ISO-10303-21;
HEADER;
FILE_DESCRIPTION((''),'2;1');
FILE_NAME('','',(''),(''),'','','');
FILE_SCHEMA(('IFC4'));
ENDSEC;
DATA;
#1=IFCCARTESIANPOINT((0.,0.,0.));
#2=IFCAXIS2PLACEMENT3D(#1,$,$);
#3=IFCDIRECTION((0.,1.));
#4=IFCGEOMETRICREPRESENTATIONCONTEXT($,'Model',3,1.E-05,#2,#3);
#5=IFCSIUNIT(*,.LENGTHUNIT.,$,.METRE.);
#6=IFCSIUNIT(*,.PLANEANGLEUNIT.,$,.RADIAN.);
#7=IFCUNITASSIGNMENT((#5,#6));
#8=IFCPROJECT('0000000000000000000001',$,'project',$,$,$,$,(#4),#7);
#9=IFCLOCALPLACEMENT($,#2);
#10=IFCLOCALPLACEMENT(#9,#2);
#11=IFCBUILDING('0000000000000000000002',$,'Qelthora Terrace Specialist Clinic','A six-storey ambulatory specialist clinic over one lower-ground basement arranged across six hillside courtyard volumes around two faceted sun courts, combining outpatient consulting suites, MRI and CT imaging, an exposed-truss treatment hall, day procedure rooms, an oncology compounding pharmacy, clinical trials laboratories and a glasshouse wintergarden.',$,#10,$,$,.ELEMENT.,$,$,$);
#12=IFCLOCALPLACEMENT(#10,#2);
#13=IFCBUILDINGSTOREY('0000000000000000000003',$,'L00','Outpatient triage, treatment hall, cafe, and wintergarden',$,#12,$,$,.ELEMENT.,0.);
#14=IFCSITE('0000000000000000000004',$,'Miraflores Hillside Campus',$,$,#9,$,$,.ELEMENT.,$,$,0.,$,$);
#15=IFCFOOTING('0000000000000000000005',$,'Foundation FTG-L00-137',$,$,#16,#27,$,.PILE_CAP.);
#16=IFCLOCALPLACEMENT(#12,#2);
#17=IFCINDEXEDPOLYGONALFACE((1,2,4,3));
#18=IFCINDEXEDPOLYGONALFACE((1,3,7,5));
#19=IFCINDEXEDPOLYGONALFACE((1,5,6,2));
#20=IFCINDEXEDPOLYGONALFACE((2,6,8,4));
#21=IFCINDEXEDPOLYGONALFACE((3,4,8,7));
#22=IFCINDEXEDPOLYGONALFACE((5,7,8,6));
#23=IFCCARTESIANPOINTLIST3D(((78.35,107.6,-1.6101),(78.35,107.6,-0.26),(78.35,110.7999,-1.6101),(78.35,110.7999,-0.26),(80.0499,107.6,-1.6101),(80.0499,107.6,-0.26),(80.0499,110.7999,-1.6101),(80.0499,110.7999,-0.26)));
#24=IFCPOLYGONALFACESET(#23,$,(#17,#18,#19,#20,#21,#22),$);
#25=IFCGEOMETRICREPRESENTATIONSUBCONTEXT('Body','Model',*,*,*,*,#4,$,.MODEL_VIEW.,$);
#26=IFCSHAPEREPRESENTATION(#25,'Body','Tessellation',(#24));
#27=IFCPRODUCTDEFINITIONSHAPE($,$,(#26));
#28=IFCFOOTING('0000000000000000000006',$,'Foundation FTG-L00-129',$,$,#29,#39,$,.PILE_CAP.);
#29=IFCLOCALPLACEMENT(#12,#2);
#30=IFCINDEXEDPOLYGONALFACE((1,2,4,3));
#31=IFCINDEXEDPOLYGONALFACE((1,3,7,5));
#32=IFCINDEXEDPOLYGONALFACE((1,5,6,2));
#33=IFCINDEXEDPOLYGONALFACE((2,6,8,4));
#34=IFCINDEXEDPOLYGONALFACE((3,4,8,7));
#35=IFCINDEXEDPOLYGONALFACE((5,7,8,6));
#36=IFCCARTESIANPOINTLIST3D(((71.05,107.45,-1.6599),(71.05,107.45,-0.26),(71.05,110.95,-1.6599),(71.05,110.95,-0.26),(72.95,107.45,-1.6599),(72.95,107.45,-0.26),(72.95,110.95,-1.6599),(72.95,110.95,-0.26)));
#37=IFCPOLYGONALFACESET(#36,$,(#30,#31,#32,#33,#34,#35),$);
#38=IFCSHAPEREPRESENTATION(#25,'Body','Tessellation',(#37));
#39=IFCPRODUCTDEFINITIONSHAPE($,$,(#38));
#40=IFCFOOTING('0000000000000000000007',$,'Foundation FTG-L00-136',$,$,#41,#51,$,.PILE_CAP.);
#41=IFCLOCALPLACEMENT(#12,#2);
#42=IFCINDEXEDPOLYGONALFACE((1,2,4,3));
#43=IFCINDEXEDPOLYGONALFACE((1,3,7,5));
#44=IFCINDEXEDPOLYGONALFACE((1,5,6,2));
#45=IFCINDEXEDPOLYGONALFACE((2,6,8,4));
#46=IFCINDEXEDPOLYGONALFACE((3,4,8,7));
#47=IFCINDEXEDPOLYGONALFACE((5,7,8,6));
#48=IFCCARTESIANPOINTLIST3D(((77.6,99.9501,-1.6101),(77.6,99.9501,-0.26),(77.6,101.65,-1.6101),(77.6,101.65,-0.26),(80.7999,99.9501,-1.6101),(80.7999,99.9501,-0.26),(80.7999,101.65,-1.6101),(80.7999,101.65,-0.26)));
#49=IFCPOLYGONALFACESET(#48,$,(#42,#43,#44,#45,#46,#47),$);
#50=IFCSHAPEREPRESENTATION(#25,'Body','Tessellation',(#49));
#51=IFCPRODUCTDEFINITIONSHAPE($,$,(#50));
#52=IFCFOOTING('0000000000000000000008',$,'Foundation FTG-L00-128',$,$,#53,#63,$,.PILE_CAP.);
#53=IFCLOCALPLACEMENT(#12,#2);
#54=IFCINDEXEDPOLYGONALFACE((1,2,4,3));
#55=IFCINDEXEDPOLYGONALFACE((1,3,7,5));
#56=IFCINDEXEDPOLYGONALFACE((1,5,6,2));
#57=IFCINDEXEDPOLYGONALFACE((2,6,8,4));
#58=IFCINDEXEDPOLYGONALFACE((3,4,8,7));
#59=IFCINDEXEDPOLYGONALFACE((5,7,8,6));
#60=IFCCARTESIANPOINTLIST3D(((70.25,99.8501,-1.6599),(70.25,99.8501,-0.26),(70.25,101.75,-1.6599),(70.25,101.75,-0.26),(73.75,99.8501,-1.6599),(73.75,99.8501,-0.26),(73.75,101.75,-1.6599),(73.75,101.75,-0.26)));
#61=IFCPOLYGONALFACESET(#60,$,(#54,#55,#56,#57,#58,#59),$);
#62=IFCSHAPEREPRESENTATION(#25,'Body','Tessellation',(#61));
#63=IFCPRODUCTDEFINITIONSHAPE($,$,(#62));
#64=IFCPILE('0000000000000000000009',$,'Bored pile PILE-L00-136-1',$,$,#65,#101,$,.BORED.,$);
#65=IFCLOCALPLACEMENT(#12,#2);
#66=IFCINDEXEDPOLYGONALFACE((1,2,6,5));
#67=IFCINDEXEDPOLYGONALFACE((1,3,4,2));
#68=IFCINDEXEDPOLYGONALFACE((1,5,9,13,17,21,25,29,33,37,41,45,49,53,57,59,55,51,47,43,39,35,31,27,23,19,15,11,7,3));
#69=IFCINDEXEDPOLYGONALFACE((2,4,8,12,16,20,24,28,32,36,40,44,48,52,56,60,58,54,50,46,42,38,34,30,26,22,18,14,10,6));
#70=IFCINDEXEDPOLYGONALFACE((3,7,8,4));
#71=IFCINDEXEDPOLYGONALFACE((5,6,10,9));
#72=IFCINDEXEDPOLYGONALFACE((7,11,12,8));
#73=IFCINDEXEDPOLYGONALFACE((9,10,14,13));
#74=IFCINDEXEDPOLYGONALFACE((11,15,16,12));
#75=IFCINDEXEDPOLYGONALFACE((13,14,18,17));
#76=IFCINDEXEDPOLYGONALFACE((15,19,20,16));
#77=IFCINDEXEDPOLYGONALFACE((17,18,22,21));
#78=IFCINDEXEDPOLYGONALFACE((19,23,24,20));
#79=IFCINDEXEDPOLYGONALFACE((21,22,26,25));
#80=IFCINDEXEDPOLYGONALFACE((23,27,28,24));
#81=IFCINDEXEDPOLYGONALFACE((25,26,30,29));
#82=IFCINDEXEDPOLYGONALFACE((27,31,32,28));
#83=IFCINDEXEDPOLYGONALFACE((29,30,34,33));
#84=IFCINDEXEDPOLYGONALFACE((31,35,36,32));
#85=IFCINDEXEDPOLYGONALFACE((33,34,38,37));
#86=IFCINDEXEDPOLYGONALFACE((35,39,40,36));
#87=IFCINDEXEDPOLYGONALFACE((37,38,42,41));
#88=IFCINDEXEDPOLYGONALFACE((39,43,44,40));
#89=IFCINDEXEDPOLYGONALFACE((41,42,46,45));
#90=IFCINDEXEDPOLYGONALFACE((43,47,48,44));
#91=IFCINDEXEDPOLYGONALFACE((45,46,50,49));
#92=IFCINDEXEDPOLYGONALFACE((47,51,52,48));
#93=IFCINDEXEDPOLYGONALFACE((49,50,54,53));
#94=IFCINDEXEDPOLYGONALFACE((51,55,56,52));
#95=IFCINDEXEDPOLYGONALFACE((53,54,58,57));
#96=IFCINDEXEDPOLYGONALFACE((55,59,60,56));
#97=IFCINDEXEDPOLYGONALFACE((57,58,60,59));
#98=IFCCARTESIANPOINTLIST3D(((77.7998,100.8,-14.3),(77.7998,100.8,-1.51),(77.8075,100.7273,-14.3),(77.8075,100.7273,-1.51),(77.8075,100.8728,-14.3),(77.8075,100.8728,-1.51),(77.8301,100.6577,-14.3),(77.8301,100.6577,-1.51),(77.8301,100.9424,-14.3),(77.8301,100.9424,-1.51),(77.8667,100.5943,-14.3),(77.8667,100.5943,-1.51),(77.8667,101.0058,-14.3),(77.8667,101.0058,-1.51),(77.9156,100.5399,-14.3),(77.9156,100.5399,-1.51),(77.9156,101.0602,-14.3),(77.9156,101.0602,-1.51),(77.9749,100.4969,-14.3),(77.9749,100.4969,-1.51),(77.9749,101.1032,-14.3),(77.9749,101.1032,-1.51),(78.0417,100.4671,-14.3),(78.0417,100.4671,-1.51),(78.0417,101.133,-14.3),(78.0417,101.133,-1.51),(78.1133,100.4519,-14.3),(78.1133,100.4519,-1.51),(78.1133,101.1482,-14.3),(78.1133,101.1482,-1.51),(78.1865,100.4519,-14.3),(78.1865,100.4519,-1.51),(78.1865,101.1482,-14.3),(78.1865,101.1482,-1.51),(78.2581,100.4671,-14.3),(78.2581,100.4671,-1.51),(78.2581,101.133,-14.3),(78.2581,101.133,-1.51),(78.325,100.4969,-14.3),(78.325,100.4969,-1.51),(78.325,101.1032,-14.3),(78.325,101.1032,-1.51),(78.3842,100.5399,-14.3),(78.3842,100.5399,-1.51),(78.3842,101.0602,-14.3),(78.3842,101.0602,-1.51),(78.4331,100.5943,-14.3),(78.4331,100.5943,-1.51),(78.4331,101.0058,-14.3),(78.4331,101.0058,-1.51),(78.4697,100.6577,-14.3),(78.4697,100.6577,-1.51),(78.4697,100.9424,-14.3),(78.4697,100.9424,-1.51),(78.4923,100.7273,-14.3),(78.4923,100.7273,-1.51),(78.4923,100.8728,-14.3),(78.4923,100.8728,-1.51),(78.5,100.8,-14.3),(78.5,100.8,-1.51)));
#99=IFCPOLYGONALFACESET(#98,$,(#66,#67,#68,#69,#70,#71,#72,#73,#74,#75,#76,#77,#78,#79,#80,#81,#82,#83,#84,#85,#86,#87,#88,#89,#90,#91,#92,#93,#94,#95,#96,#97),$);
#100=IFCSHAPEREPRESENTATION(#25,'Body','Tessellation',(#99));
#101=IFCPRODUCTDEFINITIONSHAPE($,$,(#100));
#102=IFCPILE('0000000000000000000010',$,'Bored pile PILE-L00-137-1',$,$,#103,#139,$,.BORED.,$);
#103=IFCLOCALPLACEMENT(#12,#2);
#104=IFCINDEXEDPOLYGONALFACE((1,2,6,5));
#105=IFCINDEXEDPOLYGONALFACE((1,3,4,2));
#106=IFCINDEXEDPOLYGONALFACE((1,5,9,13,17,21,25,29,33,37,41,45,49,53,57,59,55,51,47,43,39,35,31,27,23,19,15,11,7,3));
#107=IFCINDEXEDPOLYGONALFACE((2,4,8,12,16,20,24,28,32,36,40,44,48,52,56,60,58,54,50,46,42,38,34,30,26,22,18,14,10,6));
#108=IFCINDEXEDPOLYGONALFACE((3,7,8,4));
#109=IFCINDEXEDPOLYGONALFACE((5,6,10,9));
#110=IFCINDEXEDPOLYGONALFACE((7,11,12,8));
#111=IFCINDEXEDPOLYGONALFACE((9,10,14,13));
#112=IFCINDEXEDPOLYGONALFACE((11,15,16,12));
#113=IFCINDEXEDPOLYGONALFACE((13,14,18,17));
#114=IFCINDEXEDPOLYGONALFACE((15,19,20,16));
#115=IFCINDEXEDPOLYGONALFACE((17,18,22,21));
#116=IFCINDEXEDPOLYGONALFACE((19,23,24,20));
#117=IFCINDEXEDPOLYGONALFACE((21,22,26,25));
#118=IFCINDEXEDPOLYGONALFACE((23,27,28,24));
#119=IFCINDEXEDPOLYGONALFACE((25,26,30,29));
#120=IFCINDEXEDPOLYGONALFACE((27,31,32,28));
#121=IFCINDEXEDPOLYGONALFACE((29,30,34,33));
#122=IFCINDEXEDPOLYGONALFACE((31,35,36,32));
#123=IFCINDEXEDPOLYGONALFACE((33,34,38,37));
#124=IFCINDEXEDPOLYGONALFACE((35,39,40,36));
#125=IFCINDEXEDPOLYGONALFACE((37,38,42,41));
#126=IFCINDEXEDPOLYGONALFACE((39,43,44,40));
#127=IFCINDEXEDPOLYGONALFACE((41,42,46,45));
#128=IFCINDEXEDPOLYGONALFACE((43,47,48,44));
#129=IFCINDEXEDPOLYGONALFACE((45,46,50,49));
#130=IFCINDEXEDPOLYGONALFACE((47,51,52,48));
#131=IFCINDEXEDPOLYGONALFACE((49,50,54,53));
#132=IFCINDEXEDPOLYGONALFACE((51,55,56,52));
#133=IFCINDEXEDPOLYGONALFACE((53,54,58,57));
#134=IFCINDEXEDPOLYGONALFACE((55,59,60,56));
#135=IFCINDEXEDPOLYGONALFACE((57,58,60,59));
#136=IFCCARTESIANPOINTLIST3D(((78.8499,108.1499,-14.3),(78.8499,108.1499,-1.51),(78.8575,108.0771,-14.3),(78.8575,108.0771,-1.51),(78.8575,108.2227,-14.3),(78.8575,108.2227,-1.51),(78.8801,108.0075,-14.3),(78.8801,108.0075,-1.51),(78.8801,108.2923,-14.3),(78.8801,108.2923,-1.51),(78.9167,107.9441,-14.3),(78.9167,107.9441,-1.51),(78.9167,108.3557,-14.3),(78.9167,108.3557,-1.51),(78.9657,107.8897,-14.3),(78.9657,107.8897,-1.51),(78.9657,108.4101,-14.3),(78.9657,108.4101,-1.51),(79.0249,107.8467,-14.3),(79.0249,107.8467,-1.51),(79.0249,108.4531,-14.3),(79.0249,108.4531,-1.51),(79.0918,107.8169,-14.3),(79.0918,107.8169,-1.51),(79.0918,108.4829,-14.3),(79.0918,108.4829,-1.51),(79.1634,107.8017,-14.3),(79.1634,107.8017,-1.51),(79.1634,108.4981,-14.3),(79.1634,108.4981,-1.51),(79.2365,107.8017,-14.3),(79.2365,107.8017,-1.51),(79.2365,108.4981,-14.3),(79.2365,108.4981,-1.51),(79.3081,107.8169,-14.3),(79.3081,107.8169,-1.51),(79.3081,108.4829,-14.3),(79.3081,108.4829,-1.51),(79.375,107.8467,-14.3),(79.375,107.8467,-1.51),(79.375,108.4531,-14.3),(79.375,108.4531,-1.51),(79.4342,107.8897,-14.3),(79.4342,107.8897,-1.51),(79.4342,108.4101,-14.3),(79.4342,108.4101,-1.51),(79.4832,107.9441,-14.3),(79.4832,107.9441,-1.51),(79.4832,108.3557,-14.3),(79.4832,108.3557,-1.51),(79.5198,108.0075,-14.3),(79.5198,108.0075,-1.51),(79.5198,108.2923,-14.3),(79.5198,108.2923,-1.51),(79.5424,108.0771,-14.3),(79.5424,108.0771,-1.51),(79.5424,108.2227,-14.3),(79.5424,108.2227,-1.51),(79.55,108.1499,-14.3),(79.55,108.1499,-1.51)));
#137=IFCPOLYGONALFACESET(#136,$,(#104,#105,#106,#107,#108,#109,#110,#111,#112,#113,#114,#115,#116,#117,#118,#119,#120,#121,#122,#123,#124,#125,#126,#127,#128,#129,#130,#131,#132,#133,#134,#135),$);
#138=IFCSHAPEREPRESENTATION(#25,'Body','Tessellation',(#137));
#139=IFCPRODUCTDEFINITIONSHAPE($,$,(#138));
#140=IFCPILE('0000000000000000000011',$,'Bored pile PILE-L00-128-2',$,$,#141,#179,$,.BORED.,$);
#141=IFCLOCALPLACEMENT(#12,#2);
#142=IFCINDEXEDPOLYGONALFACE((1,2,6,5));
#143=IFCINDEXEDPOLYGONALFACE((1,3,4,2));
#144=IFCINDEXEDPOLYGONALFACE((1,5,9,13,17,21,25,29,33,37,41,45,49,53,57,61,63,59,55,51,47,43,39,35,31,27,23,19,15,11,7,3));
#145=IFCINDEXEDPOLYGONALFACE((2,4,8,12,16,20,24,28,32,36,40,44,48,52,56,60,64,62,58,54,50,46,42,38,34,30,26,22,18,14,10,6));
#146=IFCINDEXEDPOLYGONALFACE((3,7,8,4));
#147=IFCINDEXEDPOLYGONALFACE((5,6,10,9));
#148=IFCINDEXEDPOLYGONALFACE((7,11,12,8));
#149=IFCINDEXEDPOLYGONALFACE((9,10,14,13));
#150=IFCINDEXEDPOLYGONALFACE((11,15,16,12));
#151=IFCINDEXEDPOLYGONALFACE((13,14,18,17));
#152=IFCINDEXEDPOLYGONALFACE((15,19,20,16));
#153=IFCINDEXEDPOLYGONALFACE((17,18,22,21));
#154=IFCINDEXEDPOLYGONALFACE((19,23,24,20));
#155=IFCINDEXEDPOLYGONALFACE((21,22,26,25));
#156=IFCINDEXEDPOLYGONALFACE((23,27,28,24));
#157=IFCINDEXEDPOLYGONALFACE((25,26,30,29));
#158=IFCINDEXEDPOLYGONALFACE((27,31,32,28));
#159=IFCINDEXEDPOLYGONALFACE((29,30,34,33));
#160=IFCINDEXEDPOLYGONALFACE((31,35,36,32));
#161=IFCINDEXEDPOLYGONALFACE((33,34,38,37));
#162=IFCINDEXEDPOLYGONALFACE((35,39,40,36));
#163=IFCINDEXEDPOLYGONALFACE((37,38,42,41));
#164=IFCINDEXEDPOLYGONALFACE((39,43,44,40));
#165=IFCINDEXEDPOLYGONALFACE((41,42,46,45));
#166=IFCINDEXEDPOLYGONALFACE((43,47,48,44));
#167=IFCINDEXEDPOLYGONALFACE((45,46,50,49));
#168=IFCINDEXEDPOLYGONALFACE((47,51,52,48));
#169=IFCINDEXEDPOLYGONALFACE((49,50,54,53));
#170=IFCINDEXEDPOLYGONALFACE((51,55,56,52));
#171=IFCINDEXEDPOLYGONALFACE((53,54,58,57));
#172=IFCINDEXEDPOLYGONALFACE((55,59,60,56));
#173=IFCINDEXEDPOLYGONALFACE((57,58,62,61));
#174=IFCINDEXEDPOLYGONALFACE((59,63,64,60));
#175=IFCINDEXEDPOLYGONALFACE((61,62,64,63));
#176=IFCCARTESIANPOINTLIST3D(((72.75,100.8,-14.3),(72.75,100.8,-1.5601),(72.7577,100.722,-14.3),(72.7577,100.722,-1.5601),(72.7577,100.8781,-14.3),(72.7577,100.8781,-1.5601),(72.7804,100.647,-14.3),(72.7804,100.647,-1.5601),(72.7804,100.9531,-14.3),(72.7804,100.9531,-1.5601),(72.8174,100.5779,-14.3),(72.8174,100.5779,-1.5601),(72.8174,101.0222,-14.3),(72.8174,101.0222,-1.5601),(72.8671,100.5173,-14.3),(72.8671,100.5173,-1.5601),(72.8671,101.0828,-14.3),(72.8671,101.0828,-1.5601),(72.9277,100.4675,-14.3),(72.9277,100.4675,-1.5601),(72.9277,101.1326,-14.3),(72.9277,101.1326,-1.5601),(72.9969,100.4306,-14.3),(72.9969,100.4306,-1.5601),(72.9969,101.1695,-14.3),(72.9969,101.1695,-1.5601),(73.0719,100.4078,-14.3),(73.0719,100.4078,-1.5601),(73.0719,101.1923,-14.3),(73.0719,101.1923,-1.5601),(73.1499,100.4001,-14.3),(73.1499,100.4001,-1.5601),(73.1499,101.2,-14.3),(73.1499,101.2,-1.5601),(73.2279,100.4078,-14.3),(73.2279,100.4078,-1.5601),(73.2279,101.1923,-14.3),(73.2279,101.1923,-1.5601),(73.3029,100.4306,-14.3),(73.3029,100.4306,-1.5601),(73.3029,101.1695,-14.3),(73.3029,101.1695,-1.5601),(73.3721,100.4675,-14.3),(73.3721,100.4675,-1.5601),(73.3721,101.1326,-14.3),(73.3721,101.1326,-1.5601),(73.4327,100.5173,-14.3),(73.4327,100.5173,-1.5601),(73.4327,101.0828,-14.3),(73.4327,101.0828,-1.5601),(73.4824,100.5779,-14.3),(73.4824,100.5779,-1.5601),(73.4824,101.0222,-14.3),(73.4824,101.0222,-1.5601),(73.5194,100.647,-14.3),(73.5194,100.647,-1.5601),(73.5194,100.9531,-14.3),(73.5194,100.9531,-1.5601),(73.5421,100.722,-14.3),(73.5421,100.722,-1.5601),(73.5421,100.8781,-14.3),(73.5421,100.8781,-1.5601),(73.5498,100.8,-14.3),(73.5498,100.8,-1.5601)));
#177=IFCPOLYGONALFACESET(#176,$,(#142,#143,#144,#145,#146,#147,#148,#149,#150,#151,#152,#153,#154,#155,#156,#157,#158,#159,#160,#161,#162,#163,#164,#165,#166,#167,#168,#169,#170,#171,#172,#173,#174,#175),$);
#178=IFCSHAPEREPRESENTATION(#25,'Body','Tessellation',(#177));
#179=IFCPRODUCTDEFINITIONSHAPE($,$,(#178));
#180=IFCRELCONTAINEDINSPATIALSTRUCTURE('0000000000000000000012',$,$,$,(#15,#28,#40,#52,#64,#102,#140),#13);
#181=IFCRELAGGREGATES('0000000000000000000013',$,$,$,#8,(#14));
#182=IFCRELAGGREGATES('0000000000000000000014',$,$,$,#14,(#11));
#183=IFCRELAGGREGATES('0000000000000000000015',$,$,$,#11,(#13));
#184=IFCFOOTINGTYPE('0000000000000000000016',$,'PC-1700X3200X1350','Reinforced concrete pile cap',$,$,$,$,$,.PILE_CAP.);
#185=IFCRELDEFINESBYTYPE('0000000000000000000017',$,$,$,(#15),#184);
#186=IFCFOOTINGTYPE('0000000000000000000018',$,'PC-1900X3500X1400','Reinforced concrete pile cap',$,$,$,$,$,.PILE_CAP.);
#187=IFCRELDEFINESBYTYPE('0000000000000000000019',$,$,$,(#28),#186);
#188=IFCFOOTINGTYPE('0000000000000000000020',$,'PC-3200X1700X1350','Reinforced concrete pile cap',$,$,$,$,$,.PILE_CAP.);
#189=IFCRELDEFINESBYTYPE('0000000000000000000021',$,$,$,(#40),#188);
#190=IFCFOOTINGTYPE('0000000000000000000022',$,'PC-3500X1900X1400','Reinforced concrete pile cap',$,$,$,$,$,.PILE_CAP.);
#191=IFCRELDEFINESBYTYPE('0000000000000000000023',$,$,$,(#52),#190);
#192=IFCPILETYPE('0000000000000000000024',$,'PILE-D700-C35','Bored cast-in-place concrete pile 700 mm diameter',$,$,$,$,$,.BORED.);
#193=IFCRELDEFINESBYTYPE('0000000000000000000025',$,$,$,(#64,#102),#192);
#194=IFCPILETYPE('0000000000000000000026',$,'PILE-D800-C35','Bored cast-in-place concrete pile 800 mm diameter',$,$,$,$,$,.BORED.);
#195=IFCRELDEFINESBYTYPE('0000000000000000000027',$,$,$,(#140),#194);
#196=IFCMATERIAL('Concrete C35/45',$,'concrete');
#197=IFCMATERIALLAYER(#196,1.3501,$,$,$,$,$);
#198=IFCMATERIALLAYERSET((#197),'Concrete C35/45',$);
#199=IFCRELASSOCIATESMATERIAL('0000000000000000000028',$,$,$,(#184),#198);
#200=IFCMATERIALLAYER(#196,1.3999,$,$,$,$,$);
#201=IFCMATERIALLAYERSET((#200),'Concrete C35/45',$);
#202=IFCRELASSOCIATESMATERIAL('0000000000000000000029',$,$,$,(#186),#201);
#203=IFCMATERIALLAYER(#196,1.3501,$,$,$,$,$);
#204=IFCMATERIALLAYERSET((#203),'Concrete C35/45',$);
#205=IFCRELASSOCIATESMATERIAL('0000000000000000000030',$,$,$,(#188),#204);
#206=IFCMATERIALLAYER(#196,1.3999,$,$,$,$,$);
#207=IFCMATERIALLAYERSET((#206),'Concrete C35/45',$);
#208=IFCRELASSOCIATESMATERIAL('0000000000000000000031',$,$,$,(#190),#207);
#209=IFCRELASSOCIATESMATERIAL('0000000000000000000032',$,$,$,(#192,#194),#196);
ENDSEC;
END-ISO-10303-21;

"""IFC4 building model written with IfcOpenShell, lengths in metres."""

from ifc_helpers import new_model, si_unit, direction, frame, origin, origin_2d, place, context, subcontext, project, spatial, rectangle, circle, extrude, material, layer, layer_set, material_profile, profile_set, type_object, element, save


model = new_model("IFC4")

# Units and contexts
model_context = context("Model", 3, precision=1e-05, world=origin(), true_north=direction((0.0, 1.0)))
body_context = subcontext(model_context, "Body", "Model", "MODEL_VIEW")
ifc_project = project(units=[si_unit("LENGTHUNIT", "METRE"), si_unit("PLANEANGLEUNIT", "RADIAN")], contexts=[model_context])

# Site, building, storey
site_placement = place(None, origin())
site = spatial("IfcSite", under=ifc_project, at=site_placement, Name="Miraflores Hillside Campus", CompositionType="ELEMENT", RefElevation=0.0)
building_placement = place(site_placement, origin())
building = spatial("IfcBuilding", under=site, at=building_placement, Name="Qelthora Terrace Specialist Clinic", Description="A six-storey ambulatory specialist clinic over one lower-ground basement arranged across six hillside courtyard volumes around two faceted sun courts, combining outpatient consulting suites, MRI and CT imaging, an exposed-truss treatment hall, day procedure rooms, an oncology compounding pharmacy, clinical trials laboratories and a glasshouse wintergarden.", CompositionType="ELEMENT")
storey_placement = place(building_placement, origin())
storey = spatial("IfcBuildingStorey", under=building, at=storey_placement, Name="L00", Description="Outpatient triage, treatment hall, cafe, and wintergarden", CompositionType="ELEMENT", Elevation=0.0)

# Footings
ifc_material_1 = material(Name="Concrete C35/45", Category="concrete")
ifc_layer_1 = layer(ifc_material_1, 1.3501)
ifc_layer_set_1 = layer_set([ifc_layer_1], Name="Concrete C35/45")
footing_type_1 = type_object("IfcFootingType", Name="PC-1700X3200X1350", Description="Reinforced concrete pile cap", PredefinedType="PILE_CAP", material=ifc_layer_set_1)
footing_1_placement = place(storey_placement, frame((79.2, 109.2, -1.6101), z_axis=(0.0, 0.0, 1.0), x_axis=(1.0, 0.0, 0.0)))
element("IfcFooting", 1, at=footing_1_placement, inside=storey, type_object=footing_type_1, Name="Foundation FTG-L00-137", PredefinedType="PILE_CAP", context=body_context, shape_type="SweptSolid", body=[
    extrude(rectangle(XDim=1.7, YDim=3.2, at=origin_2d()), origin(), (0.0, 0.0, 1.0), 1.3501),
])
ifc_layer_2 = layer(ifc_material_1, 1.3999)
ifc_layer_set_2 = layer_set([ifc_layer_2], Name="Concrete C35/45")
footing_type_2 = type_object("IfcFootingType", Name="PC-1900X3500X1400", Description="Reinforced concrete pile cap", PredefinedType="PILE_CAP", material=ifc_layer_set_2)
footing_2_placement = place(storey_placement, frame((72.0, 109.2, -1.6599), z_axis=(0.0, 0.0, 1.0), x_axis=(1.0, 0.0, 0.0)))
element("IfcFooting", 2, at=footing_2_placement, inside=storey, type_object=footing_type_2, Name="Foundation FTG-L00-129", PredefinedType="PILE_CAP", context=body_context, shape_type="SweptSolid", body=[
    extrude(rectangle(XDim=1.8999, YDim=3.5, at=origin_2d()), origin(), (0.0, 0.0, 1.0), 1.3999),
])
ifc_layer_3 = layer(ifc_material_1, 1.3501)
ifc_layer_set_3 = layer_set([ifc_layer_3], Name="Concrete C35/45")
footing_type_3 = type_object("IfcFootingType", Name="PC-3200X1700X1350", Description="Reinforced concrete pile cap", PredefinedType="PILE_CAP", material=ifc_layer_set_3)
footing_3_placement = place(storey_placement, frame((79.2, 100.8, -1.6101), z_axis=(0.0, 0.0, 1.0), x_axis=(1.0, 0.0, 0.0)))
element("IfcFooting", 3, at=footing_3_placement, inside=storey, type_object=footing_type_3, Name="Foundation FTG-L00-136", PredefinedType="PILE_CAP", context=body_context, shape_type="SweptSolid", body=[
    extrude(rectangle(XDim=3.2, YDim=1.7, at=origin_2d()), origin(), (0.0, 0.0, 1.0), 1.3501),
])
ifc_layer_4 = layer(ifc_material_1, 1.3999)
ifc_layer_set_4 = layer_set([ifc_layer_4], Name="Concrete C35/45")
footing_type_4 = type_object("IfcFootingType", Name="PC-3500X1900X1400", Description="Reinforced concrete pile cap", PredefinedType="PILE_CAP", material=ifc_layer_set_4)
footing_4_placement = place(storey_placement, frame((72.0, 100.8, -1.6599), z_axis=(0.0, 0.0, 1.0), x_axis=(1.0, 0.0, 0.0)))
element("IfcFooting", 4, at=footing_4_placement, inside=storey, type_object=footing_type_4, Name="Foundation FTG-L00-128", PredefinedType="PILE_CAP", context=body_context, shape_type="SweptSolid", body=[
    extrude(rectangle(XDim=3.5, YDim=1.8999, at=origin_2d()), origin(), (0.0, 0.0, 1.0), 1.3999),
])

# Piles
ifc_material_profile_1 = material_profile(ifc_material_1, circle(Radius=0.3501, at=origin_2d()), Name="PILE700")
ifc_profile_set_1 = profile_set([ifc_material_profile_1], Name="Concrete C35/45")
pile_type_1 = type_object("IfcPileType", Name="PILE-D700-C35", Description="Bored cast-in-place concrete pile 700 mm diameter", PredefinedType="BORED", material=ifc_profile_set_1)
for number, where, z_axis, x_axis, name in (
    (5, (78.1499, 100.8, -1.51), (0.0, 0.0, -1.0), (1.0, 0.0, 0.0), "Bored pile PILE-L00-136-1"),
    (6, (79.2, 108.1499, -1.51), (0.0, 0.0, -1.0), (1.0, 0.0, 0.0), "Bored pile PILE-L00-137-1"),
):
    element("IfcPile", number, at=place(storey_placement, frame(where, z_axis=z_axis, x_axis=x_axis)), inside=storey, type_object=pile_type_1, Name=name, PredefinedType="BORED", context=body_context, shape_type="SweptSolid", body=[
        extrude(circle(Radius=0.3501, at=origin_2d()), origin(), (0.0, 0.0, 1.0), 12.79),
    ])
ifc_material_profile_2 = material_profile(ifc_material_1, circle(Radius=0.3999, at=origin_2d()), Name="PILE800")
ifc_profile_set_2 = profile_set([ifc_material_profile_2], Name="Concrete C35/45")
pile_type_2 = type_object("IfcPileType", Name="PILE-D800-C35", Description="Bored cast-in-place concrete pile 800 mm diameter", PredefinedType="BORED", material=ifc_profile_set_2)
for number, where, z_axis, x_axis, name in (
    (7, (73.1499, 100.8, -1.5601), (0.0, 0.0, -1.0), (1.0, 0.0, 0.0), "Bored pile PILE-L00-128-2"),
):
    element("IfcPile", number, at=place(storey_placement, frame(where, z_axis=z_axis, x_axis=x_axis)), inside=storey, type_object=pile_type_2, Name=name, PredefinedType="BORED", context=body_context, shape_type="SweptSolid", body=[
        extrude(circle(Radius=0.3999, at=origin_2d()), origin(), (0.0, 0.0, 1.0), 12.74),
    ])

save(model, "model.ifc")
